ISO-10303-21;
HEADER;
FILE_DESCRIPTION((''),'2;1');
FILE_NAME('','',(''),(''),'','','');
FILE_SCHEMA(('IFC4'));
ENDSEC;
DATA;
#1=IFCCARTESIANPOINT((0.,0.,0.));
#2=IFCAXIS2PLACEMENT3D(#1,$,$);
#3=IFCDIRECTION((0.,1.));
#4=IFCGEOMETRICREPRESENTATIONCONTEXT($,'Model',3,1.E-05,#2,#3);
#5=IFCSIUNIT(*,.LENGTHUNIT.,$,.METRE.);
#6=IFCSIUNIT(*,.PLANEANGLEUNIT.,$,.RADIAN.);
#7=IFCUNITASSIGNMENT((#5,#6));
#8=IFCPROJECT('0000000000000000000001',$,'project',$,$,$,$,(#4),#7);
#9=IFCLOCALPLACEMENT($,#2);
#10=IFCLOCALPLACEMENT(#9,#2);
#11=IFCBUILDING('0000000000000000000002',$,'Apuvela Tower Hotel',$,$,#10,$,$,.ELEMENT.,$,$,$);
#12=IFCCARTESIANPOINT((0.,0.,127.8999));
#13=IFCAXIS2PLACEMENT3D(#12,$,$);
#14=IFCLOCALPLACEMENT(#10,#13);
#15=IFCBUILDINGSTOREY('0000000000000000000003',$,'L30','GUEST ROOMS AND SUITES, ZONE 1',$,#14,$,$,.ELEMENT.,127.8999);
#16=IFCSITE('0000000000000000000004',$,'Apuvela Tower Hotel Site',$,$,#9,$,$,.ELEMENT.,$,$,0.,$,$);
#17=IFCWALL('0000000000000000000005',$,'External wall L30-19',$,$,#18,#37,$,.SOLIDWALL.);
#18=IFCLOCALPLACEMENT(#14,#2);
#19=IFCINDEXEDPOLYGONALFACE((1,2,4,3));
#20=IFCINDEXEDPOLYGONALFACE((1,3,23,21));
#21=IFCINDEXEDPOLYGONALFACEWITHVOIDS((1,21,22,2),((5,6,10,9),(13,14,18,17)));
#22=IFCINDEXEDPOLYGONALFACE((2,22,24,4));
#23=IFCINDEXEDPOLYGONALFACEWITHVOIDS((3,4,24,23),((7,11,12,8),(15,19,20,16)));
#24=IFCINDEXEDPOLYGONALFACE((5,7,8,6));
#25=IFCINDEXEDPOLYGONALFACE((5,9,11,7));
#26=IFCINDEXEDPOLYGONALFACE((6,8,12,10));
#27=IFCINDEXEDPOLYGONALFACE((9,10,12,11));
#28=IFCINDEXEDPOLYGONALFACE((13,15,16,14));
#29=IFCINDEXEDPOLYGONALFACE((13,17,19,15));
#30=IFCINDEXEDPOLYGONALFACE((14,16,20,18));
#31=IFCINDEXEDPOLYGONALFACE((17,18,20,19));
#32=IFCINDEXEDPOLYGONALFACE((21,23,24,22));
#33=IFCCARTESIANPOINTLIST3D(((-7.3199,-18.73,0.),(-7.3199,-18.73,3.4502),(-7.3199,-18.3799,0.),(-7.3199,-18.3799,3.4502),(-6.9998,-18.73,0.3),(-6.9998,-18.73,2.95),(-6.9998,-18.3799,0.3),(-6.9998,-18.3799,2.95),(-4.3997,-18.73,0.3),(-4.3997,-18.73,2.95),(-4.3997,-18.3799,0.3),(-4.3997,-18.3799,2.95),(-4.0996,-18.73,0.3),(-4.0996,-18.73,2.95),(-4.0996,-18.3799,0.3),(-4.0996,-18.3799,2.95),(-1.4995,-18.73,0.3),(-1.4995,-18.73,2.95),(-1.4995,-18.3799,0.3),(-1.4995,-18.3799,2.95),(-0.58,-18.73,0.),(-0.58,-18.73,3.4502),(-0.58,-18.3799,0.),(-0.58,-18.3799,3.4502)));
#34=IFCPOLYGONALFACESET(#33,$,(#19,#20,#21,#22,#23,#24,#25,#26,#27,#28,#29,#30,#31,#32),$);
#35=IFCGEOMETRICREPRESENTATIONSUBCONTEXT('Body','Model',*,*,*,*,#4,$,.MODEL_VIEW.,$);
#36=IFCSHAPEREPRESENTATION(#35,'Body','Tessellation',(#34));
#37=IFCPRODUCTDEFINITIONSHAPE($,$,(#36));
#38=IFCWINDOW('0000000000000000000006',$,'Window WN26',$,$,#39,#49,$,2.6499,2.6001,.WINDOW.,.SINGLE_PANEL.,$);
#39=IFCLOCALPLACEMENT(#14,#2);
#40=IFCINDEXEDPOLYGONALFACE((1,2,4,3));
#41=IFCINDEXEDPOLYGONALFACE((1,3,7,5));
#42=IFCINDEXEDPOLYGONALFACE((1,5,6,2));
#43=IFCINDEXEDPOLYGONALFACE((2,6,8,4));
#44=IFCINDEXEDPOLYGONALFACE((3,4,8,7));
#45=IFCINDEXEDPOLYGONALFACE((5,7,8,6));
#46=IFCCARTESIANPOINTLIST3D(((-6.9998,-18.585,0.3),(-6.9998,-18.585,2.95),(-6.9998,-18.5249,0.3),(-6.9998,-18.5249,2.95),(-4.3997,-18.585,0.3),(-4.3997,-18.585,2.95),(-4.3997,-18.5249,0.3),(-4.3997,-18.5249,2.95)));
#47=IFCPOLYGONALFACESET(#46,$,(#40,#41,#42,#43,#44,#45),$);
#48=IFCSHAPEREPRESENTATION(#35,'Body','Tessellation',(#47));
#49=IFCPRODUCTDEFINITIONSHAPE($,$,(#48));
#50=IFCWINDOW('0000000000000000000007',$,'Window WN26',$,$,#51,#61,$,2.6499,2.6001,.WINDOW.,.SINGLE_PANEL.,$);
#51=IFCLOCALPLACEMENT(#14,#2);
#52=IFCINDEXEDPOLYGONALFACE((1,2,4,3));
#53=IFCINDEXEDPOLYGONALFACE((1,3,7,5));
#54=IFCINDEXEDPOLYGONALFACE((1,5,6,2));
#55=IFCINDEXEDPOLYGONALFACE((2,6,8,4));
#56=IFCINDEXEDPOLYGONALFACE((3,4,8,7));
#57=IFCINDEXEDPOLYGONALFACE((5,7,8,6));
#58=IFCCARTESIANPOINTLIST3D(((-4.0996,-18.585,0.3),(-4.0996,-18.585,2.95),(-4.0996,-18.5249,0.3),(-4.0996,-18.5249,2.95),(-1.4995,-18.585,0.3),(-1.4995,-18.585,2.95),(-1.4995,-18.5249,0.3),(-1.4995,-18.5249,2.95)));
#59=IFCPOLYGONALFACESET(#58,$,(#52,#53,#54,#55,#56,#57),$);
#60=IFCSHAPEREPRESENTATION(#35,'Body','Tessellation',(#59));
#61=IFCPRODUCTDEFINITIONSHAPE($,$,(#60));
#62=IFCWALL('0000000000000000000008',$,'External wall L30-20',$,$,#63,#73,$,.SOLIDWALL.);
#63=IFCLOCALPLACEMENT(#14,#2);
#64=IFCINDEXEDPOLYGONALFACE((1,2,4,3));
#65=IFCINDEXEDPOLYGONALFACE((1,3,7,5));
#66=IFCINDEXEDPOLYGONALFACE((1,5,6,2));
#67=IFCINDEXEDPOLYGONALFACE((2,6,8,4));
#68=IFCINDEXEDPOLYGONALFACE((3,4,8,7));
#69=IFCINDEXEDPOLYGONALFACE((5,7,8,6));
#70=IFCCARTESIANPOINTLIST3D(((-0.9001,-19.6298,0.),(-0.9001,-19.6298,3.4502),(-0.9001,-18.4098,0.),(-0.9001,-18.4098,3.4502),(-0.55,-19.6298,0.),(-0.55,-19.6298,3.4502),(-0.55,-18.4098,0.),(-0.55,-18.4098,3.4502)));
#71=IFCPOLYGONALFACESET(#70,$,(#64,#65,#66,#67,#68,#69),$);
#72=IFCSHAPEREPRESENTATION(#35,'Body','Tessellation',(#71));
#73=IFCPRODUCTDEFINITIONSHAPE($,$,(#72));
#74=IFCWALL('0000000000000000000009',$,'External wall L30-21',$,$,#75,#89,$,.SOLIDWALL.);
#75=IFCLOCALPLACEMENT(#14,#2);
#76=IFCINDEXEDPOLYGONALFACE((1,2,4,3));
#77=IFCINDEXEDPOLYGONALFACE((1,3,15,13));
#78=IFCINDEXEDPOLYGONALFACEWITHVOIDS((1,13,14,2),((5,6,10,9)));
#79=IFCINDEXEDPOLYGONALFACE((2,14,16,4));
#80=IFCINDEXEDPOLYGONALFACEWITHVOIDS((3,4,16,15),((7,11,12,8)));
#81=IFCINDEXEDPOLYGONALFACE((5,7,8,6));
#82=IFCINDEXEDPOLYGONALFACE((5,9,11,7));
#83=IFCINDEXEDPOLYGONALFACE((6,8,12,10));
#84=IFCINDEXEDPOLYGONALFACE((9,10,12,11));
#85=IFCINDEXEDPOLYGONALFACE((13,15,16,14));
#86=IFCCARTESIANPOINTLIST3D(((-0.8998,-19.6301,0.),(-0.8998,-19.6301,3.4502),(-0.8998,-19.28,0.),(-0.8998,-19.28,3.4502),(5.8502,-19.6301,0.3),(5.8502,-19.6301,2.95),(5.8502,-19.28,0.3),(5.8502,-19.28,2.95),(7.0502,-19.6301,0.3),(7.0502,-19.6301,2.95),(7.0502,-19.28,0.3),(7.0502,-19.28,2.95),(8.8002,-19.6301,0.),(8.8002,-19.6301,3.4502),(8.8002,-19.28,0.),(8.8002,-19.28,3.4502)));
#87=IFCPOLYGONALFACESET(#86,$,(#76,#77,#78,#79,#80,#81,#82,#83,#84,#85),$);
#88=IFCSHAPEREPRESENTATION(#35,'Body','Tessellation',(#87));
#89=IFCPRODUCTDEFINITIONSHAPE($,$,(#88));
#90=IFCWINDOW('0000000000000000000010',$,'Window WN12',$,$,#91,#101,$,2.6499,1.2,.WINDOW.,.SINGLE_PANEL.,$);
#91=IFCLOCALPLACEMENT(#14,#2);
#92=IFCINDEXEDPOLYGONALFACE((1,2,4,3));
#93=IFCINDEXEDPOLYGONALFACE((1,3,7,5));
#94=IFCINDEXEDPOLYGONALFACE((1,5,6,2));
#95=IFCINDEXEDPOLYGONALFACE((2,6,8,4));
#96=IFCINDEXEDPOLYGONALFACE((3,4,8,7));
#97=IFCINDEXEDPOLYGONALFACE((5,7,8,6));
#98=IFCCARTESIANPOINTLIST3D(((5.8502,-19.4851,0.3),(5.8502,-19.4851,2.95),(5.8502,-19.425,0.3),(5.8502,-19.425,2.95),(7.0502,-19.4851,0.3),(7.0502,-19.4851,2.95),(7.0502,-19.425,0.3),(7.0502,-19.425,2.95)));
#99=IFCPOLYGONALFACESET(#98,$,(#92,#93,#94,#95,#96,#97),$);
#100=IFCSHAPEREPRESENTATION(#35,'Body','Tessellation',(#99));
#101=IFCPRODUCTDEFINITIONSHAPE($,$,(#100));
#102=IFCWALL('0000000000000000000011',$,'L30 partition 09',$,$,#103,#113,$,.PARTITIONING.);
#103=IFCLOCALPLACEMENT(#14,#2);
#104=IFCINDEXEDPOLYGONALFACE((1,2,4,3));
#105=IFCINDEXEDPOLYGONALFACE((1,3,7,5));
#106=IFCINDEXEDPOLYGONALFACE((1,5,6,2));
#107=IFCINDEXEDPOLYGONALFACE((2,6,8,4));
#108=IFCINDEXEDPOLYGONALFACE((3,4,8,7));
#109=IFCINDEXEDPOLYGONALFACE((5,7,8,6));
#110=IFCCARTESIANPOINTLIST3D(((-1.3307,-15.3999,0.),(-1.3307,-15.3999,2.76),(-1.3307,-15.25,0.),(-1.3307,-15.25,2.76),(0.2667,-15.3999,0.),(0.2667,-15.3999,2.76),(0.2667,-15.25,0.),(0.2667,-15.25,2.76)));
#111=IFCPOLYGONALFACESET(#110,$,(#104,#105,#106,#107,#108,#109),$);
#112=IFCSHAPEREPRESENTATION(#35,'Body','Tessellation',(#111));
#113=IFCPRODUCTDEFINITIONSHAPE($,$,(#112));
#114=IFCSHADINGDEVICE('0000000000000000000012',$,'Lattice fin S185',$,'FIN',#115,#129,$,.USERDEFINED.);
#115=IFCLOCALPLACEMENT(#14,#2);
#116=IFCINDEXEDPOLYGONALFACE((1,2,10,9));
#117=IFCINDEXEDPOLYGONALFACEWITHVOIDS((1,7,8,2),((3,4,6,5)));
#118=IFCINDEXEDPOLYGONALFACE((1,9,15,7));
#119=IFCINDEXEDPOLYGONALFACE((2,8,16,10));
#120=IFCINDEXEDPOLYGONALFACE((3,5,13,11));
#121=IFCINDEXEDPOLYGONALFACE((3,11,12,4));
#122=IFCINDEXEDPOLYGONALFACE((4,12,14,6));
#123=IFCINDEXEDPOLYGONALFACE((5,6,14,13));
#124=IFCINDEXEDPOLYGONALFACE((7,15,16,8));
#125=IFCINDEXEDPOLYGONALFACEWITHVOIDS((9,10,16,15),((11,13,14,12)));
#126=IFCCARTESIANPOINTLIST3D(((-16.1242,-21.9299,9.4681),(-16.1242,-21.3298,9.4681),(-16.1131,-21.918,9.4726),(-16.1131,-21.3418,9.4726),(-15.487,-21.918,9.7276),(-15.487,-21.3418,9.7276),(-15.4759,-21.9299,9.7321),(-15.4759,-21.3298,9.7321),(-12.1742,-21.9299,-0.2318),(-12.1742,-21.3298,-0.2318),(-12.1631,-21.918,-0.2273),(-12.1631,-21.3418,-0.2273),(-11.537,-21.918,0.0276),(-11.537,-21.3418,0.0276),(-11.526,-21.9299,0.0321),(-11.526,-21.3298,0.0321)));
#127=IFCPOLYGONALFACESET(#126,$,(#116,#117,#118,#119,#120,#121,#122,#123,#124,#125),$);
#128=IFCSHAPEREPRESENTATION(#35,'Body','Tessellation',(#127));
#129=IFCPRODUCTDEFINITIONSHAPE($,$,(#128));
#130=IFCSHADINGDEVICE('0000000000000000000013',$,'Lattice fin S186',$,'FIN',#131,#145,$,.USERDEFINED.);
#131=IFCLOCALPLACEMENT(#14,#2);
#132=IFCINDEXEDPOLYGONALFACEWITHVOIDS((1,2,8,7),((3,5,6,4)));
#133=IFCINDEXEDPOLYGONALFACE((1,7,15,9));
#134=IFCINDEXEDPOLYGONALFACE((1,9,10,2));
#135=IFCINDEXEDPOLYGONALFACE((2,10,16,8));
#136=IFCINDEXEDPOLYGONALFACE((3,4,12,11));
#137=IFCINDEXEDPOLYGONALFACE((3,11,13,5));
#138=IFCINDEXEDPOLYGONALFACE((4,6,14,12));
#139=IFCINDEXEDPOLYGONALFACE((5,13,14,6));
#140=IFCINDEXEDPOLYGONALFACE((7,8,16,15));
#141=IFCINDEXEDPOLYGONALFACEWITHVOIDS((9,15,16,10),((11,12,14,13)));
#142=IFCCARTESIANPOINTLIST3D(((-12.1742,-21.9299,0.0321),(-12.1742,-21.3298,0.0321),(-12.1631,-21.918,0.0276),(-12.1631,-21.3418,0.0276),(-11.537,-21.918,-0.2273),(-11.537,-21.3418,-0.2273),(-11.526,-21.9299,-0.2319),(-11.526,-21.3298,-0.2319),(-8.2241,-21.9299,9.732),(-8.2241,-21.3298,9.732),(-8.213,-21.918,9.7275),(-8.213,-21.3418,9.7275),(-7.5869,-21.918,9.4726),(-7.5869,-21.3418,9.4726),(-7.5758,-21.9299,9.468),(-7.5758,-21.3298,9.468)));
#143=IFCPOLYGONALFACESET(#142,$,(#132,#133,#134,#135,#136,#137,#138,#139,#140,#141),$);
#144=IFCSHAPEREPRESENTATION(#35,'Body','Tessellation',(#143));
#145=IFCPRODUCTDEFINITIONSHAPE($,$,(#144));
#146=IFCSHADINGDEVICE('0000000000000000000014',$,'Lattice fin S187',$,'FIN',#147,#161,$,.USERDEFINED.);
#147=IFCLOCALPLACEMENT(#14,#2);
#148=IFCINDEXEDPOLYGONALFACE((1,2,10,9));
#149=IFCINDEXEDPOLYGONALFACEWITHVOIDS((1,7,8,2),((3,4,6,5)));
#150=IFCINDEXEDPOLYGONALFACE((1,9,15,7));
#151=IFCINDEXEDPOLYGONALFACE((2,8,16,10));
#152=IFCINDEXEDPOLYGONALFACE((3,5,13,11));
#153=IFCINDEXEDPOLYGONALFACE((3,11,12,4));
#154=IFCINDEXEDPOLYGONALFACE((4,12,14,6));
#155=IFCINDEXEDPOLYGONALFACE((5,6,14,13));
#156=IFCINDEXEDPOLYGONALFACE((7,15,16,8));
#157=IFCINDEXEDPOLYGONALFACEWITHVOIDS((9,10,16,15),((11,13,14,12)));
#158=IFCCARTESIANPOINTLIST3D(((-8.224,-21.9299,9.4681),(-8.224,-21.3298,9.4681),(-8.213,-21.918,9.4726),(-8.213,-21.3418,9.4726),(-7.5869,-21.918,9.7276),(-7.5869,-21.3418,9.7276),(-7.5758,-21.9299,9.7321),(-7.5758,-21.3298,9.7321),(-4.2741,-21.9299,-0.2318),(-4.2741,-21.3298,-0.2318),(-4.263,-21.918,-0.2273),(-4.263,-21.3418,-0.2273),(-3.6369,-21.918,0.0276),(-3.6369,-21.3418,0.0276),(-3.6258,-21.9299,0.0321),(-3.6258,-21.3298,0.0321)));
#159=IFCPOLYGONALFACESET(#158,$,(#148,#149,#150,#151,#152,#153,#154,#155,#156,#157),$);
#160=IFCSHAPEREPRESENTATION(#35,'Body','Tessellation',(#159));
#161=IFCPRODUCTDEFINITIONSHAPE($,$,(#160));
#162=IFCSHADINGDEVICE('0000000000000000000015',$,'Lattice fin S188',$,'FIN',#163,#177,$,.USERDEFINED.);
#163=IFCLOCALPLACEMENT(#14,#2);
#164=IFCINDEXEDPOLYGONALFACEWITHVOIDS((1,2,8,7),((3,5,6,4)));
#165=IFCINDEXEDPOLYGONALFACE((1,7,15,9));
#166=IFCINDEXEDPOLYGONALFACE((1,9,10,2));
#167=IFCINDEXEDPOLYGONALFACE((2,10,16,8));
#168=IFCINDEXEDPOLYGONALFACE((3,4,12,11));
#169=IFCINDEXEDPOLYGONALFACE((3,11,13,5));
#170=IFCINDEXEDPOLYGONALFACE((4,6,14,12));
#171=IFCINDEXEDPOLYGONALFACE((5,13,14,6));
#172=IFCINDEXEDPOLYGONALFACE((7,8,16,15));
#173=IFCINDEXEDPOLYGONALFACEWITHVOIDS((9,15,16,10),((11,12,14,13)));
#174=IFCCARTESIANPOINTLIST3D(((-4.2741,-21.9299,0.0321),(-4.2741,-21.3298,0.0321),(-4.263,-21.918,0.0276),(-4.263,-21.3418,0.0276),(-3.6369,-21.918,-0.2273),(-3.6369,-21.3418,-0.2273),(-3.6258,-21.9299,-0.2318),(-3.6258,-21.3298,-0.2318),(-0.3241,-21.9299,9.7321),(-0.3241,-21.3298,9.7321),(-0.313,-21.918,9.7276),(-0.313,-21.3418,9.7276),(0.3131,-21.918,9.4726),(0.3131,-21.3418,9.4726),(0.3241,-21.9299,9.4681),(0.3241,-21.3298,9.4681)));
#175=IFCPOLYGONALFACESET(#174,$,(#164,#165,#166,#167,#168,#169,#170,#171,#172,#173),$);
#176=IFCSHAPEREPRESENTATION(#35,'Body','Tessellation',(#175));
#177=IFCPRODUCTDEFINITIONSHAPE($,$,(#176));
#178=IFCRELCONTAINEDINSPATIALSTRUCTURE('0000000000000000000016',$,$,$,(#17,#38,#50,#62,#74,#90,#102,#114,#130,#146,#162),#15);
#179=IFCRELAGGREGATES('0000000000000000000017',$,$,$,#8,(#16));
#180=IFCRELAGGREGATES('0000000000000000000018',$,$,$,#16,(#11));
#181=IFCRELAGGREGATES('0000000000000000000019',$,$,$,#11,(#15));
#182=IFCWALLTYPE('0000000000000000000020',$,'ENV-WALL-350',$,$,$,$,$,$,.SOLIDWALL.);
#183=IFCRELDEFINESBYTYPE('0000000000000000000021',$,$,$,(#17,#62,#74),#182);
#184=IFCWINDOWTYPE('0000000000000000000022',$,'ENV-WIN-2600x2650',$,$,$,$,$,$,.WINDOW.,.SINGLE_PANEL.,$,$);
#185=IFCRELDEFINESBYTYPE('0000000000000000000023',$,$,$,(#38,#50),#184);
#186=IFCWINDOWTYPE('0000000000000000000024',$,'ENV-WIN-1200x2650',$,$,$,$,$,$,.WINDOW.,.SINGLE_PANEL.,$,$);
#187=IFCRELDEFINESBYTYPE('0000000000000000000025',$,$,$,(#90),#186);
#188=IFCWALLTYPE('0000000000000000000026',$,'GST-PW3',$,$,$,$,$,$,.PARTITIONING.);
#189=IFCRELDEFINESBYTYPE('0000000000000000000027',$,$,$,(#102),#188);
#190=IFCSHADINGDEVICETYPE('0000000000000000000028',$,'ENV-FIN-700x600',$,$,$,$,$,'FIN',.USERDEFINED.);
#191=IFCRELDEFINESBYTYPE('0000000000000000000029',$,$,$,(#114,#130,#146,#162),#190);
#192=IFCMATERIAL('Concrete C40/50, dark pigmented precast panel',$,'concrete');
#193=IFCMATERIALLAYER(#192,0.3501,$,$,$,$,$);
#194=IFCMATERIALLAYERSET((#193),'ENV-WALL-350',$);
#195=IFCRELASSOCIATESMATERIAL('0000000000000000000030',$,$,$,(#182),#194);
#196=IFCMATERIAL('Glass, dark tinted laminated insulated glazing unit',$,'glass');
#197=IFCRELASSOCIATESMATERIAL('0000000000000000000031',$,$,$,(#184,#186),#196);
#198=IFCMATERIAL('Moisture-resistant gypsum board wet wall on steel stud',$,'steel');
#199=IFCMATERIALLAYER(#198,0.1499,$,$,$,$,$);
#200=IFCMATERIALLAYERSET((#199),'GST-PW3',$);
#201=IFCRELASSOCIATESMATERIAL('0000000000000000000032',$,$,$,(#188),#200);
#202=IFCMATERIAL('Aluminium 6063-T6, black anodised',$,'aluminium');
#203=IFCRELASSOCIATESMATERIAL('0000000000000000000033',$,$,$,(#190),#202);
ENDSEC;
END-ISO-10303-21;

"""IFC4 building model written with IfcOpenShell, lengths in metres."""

from ifc_helpers import new_model, si_unit, direction, frame, frame_2d, origin, origin_2d, place, context, subcontext, project, spatial, rectangle, hollow_rectangle, extrude, material, layer, layer_set, material_profile, profile_set, type_object, element, fill, save


model = new_model("IFC4")

# Units and contexts
model_context = context("Model", 3, precision=1e-05, world=origin(), true_north=direction((0.0, 1.0)))
body_context = subcontext(model_context, "Body", "Model", "MODEL_VIEW")
ifc_project = project(units=[si_unit("LENGTHUNIT", "METRE"), si_unit("PLANEANGLEUNIT", "RADIAN")], contexts=[model_context])

# Site, building, storey
site_placement = place(None, origin())
site = spatial("IfcSite", under=ifc_project, at=site_placement, Name="Apuvela Tower Hotel Site", CompositionType="ELEMENT", RefElevation=0.0)
building_placement = place(site_placement, origin())
building = spatial("IfcBuilding", under=site, at=building_placement, Name="Apuvela Tower Hotel", CompositionType="ELEMENT")
storey_placement = place(building_placement, frame((0.0, 0.0, 127.8999)))
storey = spatial("IfcBuildingStorey", under=building, at=storey_placement, Name="L30", Description="GUEST ROOMS AND SUITES, ZONE 1", CompositionType="ELEMENT", Elevation=127.8999)

# Shared definitions
ifc_material_1 = material(Name="Concrete C40/50, dark pigmented precast panel", Category="concrete")
ifc_layer_1 = layer(ifc_material_1, 0.3501)
ifc_layer_set_1 = layer_set([ifc_layer_1], Name="ENV-WALL-350")
wall_type_1 = type_object("IfcWallType", Name="ENV-WALL-350", PredefinedType="SOLIDWALL", material=ifc_layer_set_1)

# Wall, openings, windows
wall_1_placement = place(storey_placement, frame((-7.3201, -18.5549, 0.0), z_axis=(0.0, 0.0, 1.0), x_axis=(1.0, 0.0, 0.0)))
wall_1 = element("IfcWall", 1, at=wall_1_placement, inside=storey, type_object=wall_type_1, Name="External wall L30-19", PredefinedType="SOLIDWALL", context=body_context, shape_type="SweptSolid", body=[
    extrude(rectangle(XDim=6.74, YDim=0.3501, at=frame_2d((3.3701, 0.0))), origin(), (0.0, 0.0, 1.0), 3.4502),
])
opening_1_placement = place(wall_1_placement, frame((0.3203, 0.0, 0.3)))
opening_1 = element("IfcOpeningElement", 2, at=opening_1_placement, cuts=wall_1, PredefinedType="OPENING", context=body_context, shape_type="SweptSolid", body=[
    extrude(rectangle(XDim=2.6001, YDim=2.6499, at=frame_2d((1.3, 1.325))), frame((0.0, 0.1851, 0.0), z_axis=(0.0, -1.0, 0.0), x_axis=(1.0, 0.0, 0.0)), (0.0, 0.0, 1.0), 0.3701),
])
opening_2_placement = place(wall_1_placement, frame((3.2205, 0.0, 0.3)))
opening_2 = element("IfcOpeningElement", 3, at=opening_2_placement, cuts=wall_1, PredefinedType="OPENING", context=body_context, shape_type="SweptSolid", body=[
    extrude(rectangle(XDim=2.6001, YDim=2.6499, at=frame_2d((1.3, 1.325))), frame((0.0, 0.1851, 0.0), z_axis=(0.0, -1.0, 0.0), x_axis=(1.0, 0.0, 0.0)), (0.0, 0.0, 1.0), 0.3701),
])
ifc_material_2 = material(Name="Glass, dark tinted laminated insulated glazing unit", Category="glass")
window_type_1 = type_object("IfcWindowType", Name="ENV-WIN-2600x2650", PartitioningType="SINGLE_PANEL", PredefinedType="WINDOW", material=ifc_material_2)
window_1_placement = place(opening_1_placement, origin())
window_1 = element("IfcWindow", 4, at=window_1_placement, inside=storey, type_object=window_type_1, Name="Window WN26", OverallHeight=2.6499, OverallWidth=2.6001, PartitioningType="SINGLE_PANEL", PredefinedType="WINDOW", context=body_context, shape_type="SweptSolid", body=[
    extrude(rectangle(XDim=2.6001, YDim=2.6499, at=frame_2d((1.3, 1.325))), frame((0.0, 0.03, 0.0), z_axis=(0.0, -1.0, 0.0), x_axis=(1.0, 0.0, 0.0)), (0.0, 0.0, 1.0), 0.0601),
])
fill(opening_1, window_1)
window_2_placement = place(opening_2_placement, origin())
window_2 = element("IfcWindow", 5, at=window_2_placement, inside=storey, type_object=window_type_1, Name="Window WN26", OverallHeight=2.6499, OverallWidth=2.6001, PartitioningType="SINGLE_PANEL", PredefinedType="WINDOW", context=body_context, shape_type="SweptSolid", body=[
    extrude(rectangle(XDim=2.6001, YDim=2.6499, at=frame_2d((1.3, 1.325))), frame((0.0, 0.03, 0.0), z_axis=(0.0, -1.0, 0.0), x_axis=(1.0, 0.0, 0.0)), (0.0, 0.0, 1.0), 0.0601),
])
fill(opening_2, window_2)

# Wall
wall_2_placement = place(storey_placement, frame((-0.7251, -18.4099, 0.0), z_axis=(0.0, 0.0, 1.0), x_axis=(0.0, -1.0, 0.0)))
element("IfcWall", 6, at=wall_2_placement, inside=storey, type_object=wall_type_1, Name="External wall L30-20", PredefinedType="SOLIDWALL", context=body_context, shape_type="SweptSolid", body=[
    extrude(rectangle(XDim=1.22, YDim=0.3501, at=frame_2d((0.6099, 0.0))), origin(), (0.0, 0.0, 1.0), 3.4502),
])

# Wall, opening, window
wall_3_placement = place(storey_placement, frame((-0.8999, -19.4551, 0.0), z_axis=(0.0, 0.0, 1.0), x_axis=(1.0, 0.0, 0.0)))
wall_3 = element("IfcWall", 7, at=wall_3_placement, inside=storey, type_object=wall_type_1, Name="External wall L30-21", PredefinedType="SOLIDWALL", context=body_context, shape_type="SweptSolid", body=[
    extrude(rectangle(XDim=9.7, YDim=0.3501, at=frame_2d((4.8501, 0.0))), origin(), (0.0, 0.0, 1.0), 3.4502),
])
opening_3_placement = place(wall_3_placement, frame((6.75, 0.0, 0.3)))
opening_3 = element("IfcOpeningElement", 8, at=opening_3_placement, cuts=wall_3, PredefinedType="OPENING", context=body_context, shape_type="SweptSolid", body=[
    extrude(rectangle(XDim=1.2, YDim=2.6499, at=frame_2d((0.6001, 1.325))), frame((0.0, 0.1851, 0.0), z_axis=(0.0, -1.0, 0.0), x_axis=(1.0, 0.0, 0.0)), (0.0, 0.0, 1.0), 0.3701),
])
window_type_2 = type_object("IfcWindowType", Name="ENV-WIN-1200x2650", PartitioningType="SINGLE_PANEL", PredefinedType="WINDOW", material=ifc_material_2)
window_3_placement = place(opening_3_placement, origin())
window_3 = element("IfcWindow", 9, at=window_3_placement, inside=storey, type_object=window_type_2, Name="Window WN12", OverallHeight=2.6499, OverallWidth=1.2, PartitioningType="SINGLE_PANEL", PredefinedType="WINDOW", context=body_context, shape_type="SweptSolid", body=[
    extrude(rectangle(XDim=1.2, YDim=2.6499, at=frame_2d((0.6001, 1.325))), frame((0.0, 0.03, 0.0), z_axis=(0.0, -1.0, 0.0), x_axis=(1.0, 0.0, 0.0)), (0.0, 0.0, 1.0), 0.0601),
])
fill(opening_3, window_3)

# Wall
ifc_material_3 = material(Name="Moisture-resistant gypsum board wet wall on steel stud", Category="steel")
ifc_layer_2 = layer(ifc_material_3, 0.1499)
ifc_layer_set_2 = layer_set([ifc_layer_2], Name="GST-PW3")
wall_type_2 = type_object("IfcWallType", Name="GST-PW3", PredefinedType="PARTITIONING", material=ifc_layer_set_2)
wall_4_placement = place(storey_placement, frame((-1.3308, -15.325, 0.0), z_axis=(0.0, 0.0, 1.0), x_axis=(1.0, 0.0, 0.0)))
element("IfcWall", 10, at=wall_4_placement, inside=storey, type_object=wall_type_2, Name="L30 partition 09", PredefinedType="PARTITIONING", context=body_context, shape_type="SweptSolid", body=[
    extrude(rectangle(XDim=1.5974, YDim=0.1499, at=frame_2d((0.7988, 0.0))), origin(), (0.0, 0.0, 1.0), 2.76),
])

# Shading devices
ifc_material_4 = material(Name="Aluminium 6063-T6, black anodised", Category="aluminium")
ifc_material_profile_1 = material_profile(ifc_material_4, hollow_rectangle(XDim=0.6001, YDim=0.7, WallThickness=0.012, at=origin_2d()), Name="AL BOX 700x600x12")
ifc_profile_set_1 = profile_set([ifc_material_profile_1], Name="Aluminium 6063-T6, black anodised")
shading_device_type = type_object("IfcShadingDeviceType", Name="ENV-FIN-700x600", ElementType="FIN", PredefinedType="USERDEFINED", material=ifc_profile_set_1)
for number, where, z_axis, x_axis, name in (
    (11, (-11.8501, -21.6299, -0.0999), (-0.377143, 0.0, 0.926155), (0.0, -1.0, 0.0), "Lattice fin S185"),
    (12, (-11.8501, -21.6299, -0.0999), (0.377163, 0.0, 0.926147), (0.0, 1.0, 0.0), "Lattice fin S186"),
    (13, (-3.95, -21.6299, -0.0999), (-0.377143, 0.0, 0.926155), (0.0, -1.0, 0.0), "Lattice fin S187"),
    (14, (-3.95, -21.6299, -0.0999), (0.377143, 0.0, 0.926155), (0.0, 1.0, 0.0), "Lattice fin S188"),
):
    element("IfcShadingDevice", number, at=place(storey_placement, frame(where, z_axis=z_axis, x_axis=x_axis)), inside=storey, type_object=shading_device_type, Name=name, ObjectType="FIN", PredefinedType="USERDEFINED", context=body_context, shape_type="SweptSolid", body=[
        extrude(hollow_rectangle(XDim=0.6001, YDim=0.7, WallThickness=0.012, at=origin_2d()), origin(), (0.0, 0.0, 1.0), 10.4734),
    ])

save(model, "model.ifc")
